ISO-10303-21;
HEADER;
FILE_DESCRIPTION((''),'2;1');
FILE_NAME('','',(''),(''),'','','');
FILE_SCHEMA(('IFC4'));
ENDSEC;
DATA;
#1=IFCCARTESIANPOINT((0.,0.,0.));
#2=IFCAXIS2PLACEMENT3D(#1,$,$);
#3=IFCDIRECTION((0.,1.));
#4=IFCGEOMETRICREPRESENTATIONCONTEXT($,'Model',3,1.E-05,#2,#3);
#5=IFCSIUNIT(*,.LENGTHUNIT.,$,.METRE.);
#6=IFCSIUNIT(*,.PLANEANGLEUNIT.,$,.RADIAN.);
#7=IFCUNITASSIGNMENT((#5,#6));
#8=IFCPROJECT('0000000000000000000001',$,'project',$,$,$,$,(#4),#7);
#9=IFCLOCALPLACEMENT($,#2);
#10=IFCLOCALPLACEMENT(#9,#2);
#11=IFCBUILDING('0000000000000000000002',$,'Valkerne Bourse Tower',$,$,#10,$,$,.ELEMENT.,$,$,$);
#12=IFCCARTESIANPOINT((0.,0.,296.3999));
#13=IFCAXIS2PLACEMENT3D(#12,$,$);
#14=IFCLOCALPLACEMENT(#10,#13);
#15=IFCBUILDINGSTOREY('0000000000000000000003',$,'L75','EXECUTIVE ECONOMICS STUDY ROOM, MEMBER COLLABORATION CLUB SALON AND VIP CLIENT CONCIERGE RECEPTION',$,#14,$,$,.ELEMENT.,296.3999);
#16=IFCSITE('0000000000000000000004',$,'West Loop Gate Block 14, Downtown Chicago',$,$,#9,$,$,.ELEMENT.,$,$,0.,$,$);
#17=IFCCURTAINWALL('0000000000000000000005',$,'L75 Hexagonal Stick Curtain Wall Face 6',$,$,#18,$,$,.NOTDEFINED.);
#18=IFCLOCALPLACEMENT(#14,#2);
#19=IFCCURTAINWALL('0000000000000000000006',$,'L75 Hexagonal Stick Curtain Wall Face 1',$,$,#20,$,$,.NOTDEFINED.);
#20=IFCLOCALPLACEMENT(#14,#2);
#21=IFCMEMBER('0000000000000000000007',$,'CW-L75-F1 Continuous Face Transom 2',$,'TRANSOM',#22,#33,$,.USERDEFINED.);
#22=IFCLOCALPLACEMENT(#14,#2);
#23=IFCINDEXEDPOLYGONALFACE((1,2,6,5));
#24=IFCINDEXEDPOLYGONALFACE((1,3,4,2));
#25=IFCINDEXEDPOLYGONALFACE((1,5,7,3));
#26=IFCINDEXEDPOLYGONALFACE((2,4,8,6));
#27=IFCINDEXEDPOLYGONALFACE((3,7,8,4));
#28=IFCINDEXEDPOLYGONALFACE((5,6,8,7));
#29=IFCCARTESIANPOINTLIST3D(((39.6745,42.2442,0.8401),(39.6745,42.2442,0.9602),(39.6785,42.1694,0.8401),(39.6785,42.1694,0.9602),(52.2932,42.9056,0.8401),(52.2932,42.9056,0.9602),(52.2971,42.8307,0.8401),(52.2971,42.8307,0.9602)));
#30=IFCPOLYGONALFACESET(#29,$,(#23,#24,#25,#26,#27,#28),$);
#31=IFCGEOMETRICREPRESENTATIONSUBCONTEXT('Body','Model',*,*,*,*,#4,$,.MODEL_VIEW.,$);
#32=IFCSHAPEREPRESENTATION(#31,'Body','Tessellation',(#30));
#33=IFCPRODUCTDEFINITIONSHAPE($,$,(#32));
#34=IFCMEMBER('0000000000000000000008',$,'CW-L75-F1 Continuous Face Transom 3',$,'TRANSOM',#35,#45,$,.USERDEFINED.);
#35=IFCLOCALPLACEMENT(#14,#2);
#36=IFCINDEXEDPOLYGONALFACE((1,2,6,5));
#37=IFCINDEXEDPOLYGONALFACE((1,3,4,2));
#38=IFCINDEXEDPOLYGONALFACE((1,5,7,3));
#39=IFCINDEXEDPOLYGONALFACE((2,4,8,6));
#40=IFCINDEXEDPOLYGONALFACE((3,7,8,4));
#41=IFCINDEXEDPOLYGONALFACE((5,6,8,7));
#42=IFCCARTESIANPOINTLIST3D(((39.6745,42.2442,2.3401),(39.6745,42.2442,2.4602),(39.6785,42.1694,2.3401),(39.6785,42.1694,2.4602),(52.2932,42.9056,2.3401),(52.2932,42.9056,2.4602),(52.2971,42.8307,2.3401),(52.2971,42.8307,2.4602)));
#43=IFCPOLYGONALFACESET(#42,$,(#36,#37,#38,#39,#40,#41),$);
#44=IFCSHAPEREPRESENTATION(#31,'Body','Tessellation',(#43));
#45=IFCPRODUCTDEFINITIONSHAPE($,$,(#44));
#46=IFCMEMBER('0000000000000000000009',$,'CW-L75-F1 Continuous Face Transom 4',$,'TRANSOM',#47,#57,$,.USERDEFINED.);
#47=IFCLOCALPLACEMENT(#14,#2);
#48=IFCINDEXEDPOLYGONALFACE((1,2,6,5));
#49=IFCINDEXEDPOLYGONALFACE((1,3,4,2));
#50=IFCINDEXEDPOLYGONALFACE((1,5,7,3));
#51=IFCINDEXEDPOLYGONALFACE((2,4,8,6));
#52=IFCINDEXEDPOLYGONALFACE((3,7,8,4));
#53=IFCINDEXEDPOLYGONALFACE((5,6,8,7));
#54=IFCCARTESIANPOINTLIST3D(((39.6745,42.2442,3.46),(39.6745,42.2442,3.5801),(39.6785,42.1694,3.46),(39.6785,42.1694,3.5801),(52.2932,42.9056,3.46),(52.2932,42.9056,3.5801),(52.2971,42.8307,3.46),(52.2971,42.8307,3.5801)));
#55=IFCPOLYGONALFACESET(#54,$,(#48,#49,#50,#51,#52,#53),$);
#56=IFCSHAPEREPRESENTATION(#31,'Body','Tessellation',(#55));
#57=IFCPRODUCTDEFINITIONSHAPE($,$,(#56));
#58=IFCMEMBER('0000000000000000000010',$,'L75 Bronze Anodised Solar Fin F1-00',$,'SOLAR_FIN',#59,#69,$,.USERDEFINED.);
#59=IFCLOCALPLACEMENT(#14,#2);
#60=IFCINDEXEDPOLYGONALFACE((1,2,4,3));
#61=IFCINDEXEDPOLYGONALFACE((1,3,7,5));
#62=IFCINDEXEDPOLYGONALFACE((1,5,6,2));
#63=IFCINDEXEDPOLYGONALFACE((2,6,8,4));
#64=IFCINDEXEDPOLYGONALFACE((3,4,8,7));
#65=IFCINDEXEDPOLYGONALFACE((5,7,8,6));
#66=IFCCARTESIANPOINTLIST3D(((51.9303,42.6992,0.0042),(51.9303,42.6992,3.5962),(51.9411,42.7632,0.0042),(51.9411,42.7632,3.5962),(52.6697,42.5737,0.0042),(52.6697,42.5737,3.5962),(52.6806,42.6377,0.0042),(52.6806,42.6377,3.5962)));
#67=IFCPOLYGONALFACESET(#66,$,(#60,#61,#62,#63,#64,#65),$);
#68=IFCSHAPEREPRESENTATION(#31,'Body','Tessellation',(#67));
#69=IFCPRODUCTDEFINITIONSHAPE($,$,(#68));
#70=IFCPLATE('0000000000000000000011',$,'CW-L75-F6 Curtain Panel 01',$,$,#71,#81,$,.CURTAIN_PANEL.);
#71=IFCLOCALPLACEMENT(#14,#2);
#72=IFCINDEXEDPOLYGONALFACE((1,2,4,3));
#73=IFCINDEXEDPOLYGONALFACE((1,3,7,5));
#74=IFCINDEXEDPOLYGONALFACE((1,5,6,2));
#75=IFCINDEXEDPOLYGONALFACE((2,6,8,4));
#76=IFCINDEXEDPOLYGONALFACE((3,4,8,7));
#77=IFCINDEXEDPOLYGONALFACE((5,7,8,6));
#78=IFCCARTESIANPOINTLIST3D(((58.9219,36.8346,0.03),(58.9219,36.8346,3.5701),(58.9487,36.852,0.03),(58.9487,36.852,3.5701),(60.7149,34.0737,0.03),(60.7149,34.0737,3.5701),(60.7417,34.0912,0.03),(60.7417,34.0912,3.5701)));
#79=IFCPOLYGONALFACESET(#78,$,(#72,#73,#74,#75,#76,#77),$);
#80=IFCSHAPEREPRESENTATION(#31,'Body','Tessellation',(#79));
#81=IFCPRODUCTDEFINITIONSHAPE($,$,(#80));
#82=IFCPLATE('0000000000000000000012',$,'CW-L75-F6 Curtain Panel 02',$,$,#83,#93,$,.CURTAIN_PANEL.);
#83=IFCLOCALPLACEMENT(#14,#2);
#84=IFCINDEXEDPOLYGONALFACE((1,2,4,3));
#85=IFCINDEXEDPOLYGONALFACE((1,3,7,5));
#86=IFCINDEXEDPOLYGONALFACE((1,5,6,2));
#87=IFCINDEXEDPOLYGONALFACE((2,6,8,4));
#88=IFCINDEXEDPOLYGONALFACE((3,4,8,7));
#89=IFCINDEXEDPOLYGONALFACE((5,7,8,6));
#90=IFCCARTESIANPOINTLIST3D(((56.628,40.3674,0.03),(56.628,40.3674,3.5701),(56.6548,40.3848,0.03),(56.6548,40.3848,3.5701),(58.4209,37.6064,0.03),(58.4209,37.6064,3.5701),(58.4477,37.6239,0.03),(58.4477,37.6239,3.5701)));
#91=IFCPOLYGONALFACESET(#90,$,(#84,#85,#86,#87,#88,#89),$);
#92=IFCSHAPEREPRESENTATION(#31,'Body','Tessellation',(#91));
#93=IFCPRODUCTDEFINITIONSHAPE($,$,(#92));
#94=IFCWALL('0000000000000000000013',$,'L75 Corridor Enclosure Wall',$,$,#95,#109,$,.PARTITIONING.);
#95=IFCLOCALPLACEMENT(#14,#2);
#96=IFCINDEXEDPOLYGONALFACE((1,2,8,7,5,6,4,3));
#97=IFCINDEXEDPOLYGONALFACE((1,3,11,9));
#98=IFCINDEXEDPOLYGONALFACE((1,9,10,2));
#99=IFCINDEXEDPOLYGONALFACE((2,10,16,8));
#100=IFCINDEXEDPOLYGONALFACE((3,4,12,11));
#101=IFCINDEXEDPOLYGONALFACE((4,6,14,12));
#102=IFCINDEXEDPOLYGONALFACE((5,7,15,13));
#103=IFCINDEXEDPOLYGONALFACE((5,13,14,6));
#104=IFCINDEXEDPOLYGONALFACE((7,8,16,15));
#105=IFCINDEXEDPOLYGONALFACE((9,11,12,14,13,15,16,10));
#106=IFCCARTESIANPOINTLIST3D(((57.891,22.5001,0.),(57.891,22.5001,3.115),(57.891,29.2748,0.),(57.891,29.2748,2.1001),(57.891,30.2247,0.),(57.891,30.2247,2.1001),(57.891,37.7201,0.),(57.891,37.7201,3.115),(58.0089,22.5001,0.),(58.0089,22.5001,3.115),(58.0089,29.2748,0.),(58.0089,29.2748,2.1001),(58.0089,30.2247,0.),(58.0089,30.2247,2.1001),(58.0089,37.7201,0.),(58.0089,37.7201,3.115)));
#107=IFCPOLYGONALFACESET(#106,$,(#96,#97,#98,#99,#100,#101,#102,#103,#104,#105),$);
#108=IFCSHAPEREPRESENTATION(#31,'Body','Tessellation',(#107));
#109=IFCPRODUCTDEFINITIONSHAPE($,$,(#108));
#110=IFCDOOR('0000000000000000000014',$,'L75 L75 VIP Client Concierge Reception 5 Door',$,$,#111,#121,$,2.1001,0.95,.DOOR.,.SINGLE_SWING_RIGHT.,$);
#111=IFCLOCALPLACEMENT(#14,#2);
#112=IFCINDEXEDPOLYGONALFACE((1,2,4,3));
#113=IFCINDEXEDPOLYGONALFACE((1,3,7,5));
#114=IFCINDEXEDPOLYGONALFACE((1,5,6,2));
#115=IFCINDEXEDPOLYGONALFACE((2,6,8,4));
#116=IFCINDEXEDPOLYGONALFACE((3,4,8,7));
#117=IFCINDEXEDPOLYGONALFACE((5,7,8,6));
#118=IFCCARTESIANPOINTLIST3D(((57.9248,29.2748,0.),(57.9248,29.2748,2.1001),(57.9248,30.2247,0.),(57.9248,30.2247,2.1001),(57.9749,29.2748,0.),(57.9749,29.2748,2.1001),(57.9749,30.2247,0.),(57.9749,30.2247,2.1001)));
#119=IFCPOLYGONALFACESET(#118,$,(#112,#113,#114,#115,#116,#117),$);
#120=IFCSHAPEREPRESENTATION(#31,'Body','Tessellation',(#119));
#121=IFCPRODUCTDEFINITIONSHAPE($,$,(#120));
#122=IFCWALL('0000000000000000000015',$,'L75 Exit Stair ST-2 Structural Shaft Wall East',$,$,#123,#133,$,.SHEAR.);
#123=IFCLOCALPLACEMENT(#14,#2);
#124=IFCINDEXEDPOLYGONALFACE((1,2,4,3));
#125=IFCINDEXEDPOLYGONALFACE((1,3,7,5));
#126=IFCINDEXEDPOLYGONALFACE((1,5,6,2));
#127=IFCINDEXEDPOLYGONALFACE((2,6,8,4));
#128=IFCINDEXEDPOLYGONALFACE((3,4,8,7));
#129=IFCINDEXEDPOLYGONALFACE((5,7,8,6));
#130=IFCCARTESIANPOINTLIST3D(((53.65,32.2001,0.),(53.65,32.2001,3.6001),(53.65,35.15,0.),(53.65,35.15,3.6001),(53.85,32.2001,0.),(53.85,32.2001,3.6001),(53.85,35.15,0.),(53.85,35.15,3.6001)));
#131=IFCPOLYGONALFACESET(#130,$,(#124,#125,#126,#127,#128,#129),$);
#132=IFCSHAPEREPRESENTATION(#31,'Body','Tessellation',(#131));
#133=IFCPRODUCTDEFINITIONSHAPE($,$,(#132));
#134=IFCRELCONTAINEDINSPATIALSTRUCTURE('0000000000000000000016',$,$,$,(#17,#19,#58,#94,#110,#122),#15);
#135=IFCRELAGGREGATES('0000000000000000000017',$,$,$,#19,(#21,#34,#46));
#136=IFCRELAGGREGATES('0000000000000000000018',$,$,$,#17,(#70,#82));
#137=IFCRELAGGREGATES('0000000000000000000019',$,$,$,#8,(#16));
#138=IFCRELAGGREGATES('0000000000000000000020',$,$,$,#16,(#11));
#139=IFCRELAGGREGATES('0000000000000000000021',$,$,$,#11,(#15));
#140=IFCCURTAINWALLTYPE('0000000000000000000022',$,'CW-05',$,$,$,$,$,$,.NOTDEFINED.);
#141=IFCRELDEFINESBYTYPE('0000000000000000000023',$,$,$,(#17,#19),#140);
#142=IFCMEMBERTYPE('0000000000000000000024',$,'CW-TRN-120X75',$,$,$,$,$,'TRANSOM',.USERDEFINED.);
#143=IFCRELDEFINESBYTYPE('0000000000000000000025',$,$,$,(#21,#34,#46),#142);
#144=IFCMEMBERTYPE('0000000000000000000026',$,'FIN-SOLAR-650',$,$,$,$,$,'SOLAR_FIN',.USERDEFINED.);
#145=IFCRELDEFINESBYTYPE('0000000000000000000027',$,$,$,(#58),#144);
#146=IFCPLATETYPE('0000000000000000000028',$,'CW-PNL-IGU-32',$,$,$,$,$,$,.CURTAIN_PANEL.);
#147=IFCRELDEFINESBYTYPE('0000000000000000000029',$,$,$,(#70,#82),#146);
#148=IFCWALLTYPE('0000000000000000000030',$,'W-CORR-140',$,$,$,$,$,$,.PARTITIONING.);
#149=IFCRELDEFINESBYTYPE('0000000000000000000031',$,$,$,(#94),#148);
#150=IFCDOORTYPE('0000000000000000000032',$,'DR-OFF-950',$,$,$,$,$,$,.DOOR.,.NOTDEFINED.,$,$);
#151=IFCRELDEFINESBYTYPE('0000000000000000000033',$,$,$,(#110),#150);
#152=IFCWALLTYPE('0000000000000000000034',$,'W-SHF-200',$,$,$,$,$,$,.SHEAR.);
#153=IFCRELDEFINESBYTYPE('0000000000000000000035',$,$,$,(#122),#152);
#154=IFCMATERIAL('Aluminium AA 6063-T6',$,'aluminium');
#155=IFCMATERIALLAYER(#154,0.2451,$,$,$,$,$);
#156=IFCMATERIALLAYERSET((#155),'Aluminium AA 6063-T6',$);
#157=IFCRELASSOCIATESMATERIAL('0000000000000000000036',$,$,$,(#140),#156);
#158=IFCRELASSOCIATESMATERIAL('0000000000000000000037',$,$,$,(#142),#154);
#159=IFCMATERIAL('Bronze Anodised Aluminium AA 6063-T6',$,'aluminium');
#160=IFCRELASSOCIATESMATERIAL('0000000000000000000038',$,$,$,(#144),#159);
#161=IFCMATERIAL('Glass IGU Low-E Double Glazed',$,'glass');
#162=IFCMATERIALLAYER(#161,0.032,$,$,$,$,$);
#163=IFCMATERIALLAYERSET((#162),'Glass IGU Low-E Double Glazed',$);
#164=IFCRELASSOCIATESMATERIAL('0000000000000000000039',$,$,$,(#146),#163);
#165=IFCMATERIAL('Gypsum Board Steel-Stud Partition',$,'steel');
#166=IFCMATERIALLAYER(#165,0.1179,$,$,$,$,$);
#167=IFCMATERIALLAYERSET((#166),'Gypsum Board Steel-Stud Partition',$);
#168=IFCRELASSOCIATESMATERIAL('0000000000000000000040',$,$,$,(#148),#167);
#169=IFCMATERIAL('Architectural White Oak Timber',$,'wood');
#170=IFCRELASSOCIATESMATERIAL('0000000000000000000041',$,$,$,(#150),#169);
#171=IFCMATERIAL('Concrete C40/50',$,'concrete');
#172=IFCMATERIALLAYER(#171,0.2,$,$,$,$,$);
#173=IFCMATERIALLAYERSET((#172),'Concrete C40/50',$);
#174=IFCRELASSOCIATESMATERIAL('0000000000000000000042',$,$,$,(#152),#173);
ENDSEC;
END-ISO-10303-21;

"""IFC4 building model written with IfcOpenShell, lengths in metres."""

from ifc_helpers import new_model, si_unit, direction, frame, frame_2d, origin, origin_2d, place, context, subcontext, project, spatial, rectangle, extrude, material, layer, layer_set, material_profile, profile_set, type_object, element, fill, aggregate, save


model = new_model("IFC4")

# Units and contexts
model_context = context("Model", 3, precision=1e-05, world=origin(), true_north=direction((0.0, 1.0)))
body_context = subcontext(model_context, "Body", "Model", "MODEL_VIEW")
ifc_project = project(units=[si_unit("LENGTHUNIT", "METRE"), si_unit("PLANEANGLEUNIT", "RADIAN")], contexts=[model_context])

# Site, building, storey
site_placement = place(None, origin())
site = spatial("IfcSite", under=ifc_project, at=site_placement, Name="West Loop Gate Block 14, Downtown Chicago", CompositionType="ELEMENT", RefElevation=0.0)
building_placement = place(site_placement, origin())
building = spatial("IfcBuilding", under=site, at=building_placement, Name="Valkerne Bourse Tower", CompositionType="ELEMENT")
storey_placement = place(building_placement, frame((0.0, 0.0, 296.3999)))
storey = spatial("IfcBuildingStorey", under=building, at=storey_placement, Name="L75", Description="EXECUTIVE ECONOMICS STUDY ROOM, MEMBER COLLABORATION CLUB SALON AND VIP CLIENT CONCIERGE RECEPTION", CompositionType="ELEMENT", Elevation=296.3999)

# Curtain walls, members
ifc_material_1 = material(Name="Aluminium AA 6063-T6", Category="aluminium")
ifc_layer_1 = layer(ifc_material_1, 0.2451)
ifc_layer_set_1 = layer_set([ifc_layer_1], Name="Aluminium AA 6063-T6")
curtain_wall_type = type_object("IfcCurtainWallType", Name="CW-05", PredefinedType="NOTDEFINED", material=ifc_layer_set_1)
curtain_wall_1_placement = place(storey_placement, origin())
curtain_wall_1 = element("IfcCurtainWall", 1, at=curtain_wall_1_placement, inside=storey, type_object=curtain_wall_type, Name="L75 Hexagonal Stick Curtain Wall Face 6", PredefinedType="NOTDEFINED")
curtain_wall_2_placement = place(storey_placement, origin())
curtain_wall_2 = element("IfcCurtainWall", 2, at=curtain_wall_2_placement, inside=storey, type_object=curtain_wall_type, Name="L75 Hexagonal Stick Curtain Wall Face 1", PredefinedType="NOTDEFINED")
ifc_material_profile_1 = material_profile(ifc_material_1, rectangle(XDim=0.075, YDim=0.1201, at=origin_2d()), Name="CWT-75X120")
ifc_profile_set_1 = profile_set([ifc_material_profile_1], Name="Aluminium AA 6063-T6")
member_type_1 = type_object("IfcMemberType", Name="CW-TRN-120X75", ElementType="TRANSOM", PredefinedType="USERDEFINED", material=ifc_profile_set_1)
member_1_placement = place(storey_placement, frame((52.2952, 42.8682, 0.9001), z_axis=(-0.998629, -0.052341, 0.0), x_axis=(0.052341, -0.998629, 0.0)))
member_1 = element("IfcMember", 3, at=member_1_placement, type_object=member_type_1, Name="CW-L75-F1 Continuous Face Transom 2", ObjectType="TRANSOM", PredefinedType="USERDEFINED", context=body_context, shape_type="SweptSolid", body=[
    extrude(rectangle(XDim=0.075, YDim=0.1201, at=origin_2d()), origin(), (0.0, 0.0, 1.0), 12.636),
])
member_2_placement = place(storey_placement, frame((52.2952, 42.8682, 2.4001), z_axis=(-0.998629, -0.052341, 0.0), x_axis=(0.052341, -0.998629, 0.0)))
member_2 = element("IfcMember", 4, at=member_2_placement, type_object=member_type_1, Name="CW-L75-F1 Continuous Face Transom 3", ObjectType="TRANSOM", PredefinedType="USERDEFINED", context=body_context, shape_type="SweptSolid", body=[
    extrude(rectangle(XDim=0.075, YDim=0.1201, at=origin_2d()), origin(), (0.0, 0.0, 1.0), 12.636),
])
member_3_placement = place(storey_placement, frame((52.2952, 42.8682, 3.52), z_axis=(-0.998629, -0.052341, 0.0), x_axis=(0.052341, -0.998629, 0.0)))
member_3 = element("IfcMember", 5, at=member_3_placement, type_object=member_type_1, Name="CW-L75-F1 Continuous Face Transom 4", ObjectType="TRANSOM", PredefinedType="USERDEFINED", context=body_context, shape_type="SweptSolid", body=[
    extrude(rectangle(XDim=0.075, YDim=0.1201, at=origin_2d()), origin(), (0.0, 0.0, 1.0), 12.636),
])
aggregate(curtain_wall_2, [member_1, member_2, member_3])

# Member
ifc_material_2 = material(Name="Bronze Anodised Aluminium AA 6063-T6", Category="aluminium")
ifc_material_profile_2 = material_profile(ifc_material_2, rectangle(XDim=0.0649, YDim=0.75, at=origin_2d()), Name="FIN-65X750")
ifc_profile_set_2 = profile_set([ifc_material_profile_2], Name="Bronze Anodised Aluminium AA 6063-T6")
member_type_2 = type_object("IfcMemberType", Name="FIN-SOLAR-650", ElementType="SOLAR_FIN", PredefinedType="USERDEFINED", material=ifc_profile_set_2)
member_4_placement = place(storey_placement, frame((52.3054, 42.6685, 0.0042), z_axis=(0.0, 0.0, 1.0), x_axis=(0.167375, 0.985893, 0.0)))
element("IfcMember", 6, at=member_4_placement, inside=storey, type_object=member_type_2, Name="L75 Bronze Anodised Solar Fin F1-00", ObjectType="SOLAR_FIN", PredefinedType="USERDEFINED", context=body_context, shape_type="SweptSolid", body=[
    extrude(rectangle(XDim=0.0649, YDim=0.75, at=origin_2d()), origin(), (0.0, 0.0, 1.0), 3.592),
])

# Plates
ifc_material_3 = material(Name="Glass IGU Low-E Double Glazed", Category="glass")
ifc_layer_2 = layer(ifc_material_3, 0.032)
ifc_layer_set_2 = layer_set([ifc_layer_2], Name="Glass IGU Low-E Double Glazed")
plate_type = type_object("IfcPlateType", Name="CW-PNL-IGU-32", PredefinedType="CURTAIN_PANEL", material=ifc_layer_set_2)
plate_1_placement = place(storey_placement, frame((59.8318, 35.4629, 0.03), z_axis=(0.0, 0.0, 1.0), x_axis=(-0.54465, 0.838663, 0.0)))
plate_1 = element("IfcPlate", 7, at=plate_1_placement, type_object=plate_type, Name="CW-L75-F6 Curtain Panel 01", PredefinedType="CURTAIN_PANEL", context=body_context, shape_type="SweptSolid", body=[
    extrude(rectangle(XDim=3.292, YDim=0.032, at=origin_2d()), origin(), (0.0, 0.0, 1.0), 3.54),
])
plate_2_placement = place(storey_placement, frame((57.5378, 38.9956, 0.03), z_axis=(0.0, 0.0, 1.0), x_axis=(-0.544634, 0.838674, 0.0)))
plate_2 = element("IfcPlate", 8, at=plate_2_placement, type_object=plate_type, Name="CW-L75-F6 Curtain Panel 02", PredefinedType="CURTAIN_PANEL", context=body_context, shape_type="SweptSolid", body=[
    extrude(rectangle(XDim=3.292, YDim=0.032, at=origin_2d()), origin(), (0.0, 0.0, 1.0), 3.54),
])
aggregate(curtain_wall_1, [plate_1, plate_2])

# Wall, opening, door
ifc_material_4 = material(Name="Gypsum Board Steel-Stud Partition", Category="steel")
ifc_layer_3 = layer(ifc_material_4, 0.1179)
ifc_layer_set_3 = layer_set([ifc_layer_3], Name="Gypsum Board Steel-Stud Partition")
wall_type_1 = type_object("IfcWallType", Name="W-CORR-140", PredefinedType="PARTITIONING", material=ifc_layer_set_3)
wall_1_placement = place(storey_placement, frame((57.95, 37.72, 0.0), z_axis=(0.0, 0.0, 1.0), x_axis=(0.0, -1.0, 0.0)))
wall_1 = element("IfcWall", 9, at=wall_1_placement, inside=storey, type_object=wall_type_1, Name="L75 Corridor Enclosure Wall", PredefinedType="PARTITIONING", context=body_context, shape_type="SweptSolid", body=[
    extrude(rectangle(XDim=15.22, YDim=0.1179, at=frame_2d((7.6099, 0.0))), origin(), (0.0, 0.0, 1.0), 3.115),
])
opening_placement = place(wall_1_placement, frame((7.4951, 0.0, 0.0)))
opening = element("IfcOpeningElement", 10, at=opening_placement, cuts=wall_1, PredefinedType="OPENING", context=body_context, shape_type="SweptSolid", body=[
    extrude(rectangle(XDim=0.95, YDim=2.1001, at=frame_2d((0.4751, 1.05))), frame((0.0, 0.0688, 0.0), z_axis=(0.0, -1.0, 0.0), x_axis=(1.0, 0.0, 0.0)), (0.0, 0.0, 1.0), 0.1379),
])
ifc_material_5 = material(Name="Architectural White Oak Timber", Category="wood")
door_type = type_object("IfcDoorType", Name="DR-OFF-950", OperationType="NOTDEFINED", PredefinedType="DOOR", material=ifc_material_5)
door_placement = place(opening_placement, origin())
door = element("IfcDoor", 11, at=door_placement, inside=storey, type_object=door_type, Name="L75 L75 VIP Client Concierge Reception 5 Door", OperationType="SINGLE_SWING_RIGHT", OverallHeight=2.1001, OverallWidth=0.95, PredefinedType="DOOR", context=body_context, shape_type="SweptSolid", body=[
    extrude(rectangle(XDim=0.95, YDim=2.1001, at=frame_2d((0.4751, 1.05))), frame((0.0, 0.0249, 0.0), z_axis=(0.0, -1.0, 0.0), x_axis=(1.0, 0.0, 0.0)), (0.0, 0.0, 1.0), 0.05),
])
fill(opening, door)

# Wall
ifc_material_6 = material(Name="Concrete C40/50", Category="concrete")
ifc_layer_4 = layer(ifc_material_6, 0.2)
ifc_layer_set_4 = layer_set([ifc_layer_4], Name="Concrete C40/50")
wall_type_2 = type_object("IfcWallType", Name="W-SHF-200", PredefinedType="SHEAR", material=ifc_layer_set_4)
wall_2_placement = place(storey_placement, frame((53.75, 32.2, 0.0), z_axis=(0.0, 0.0, 1.0), x_axis=(0.0, 1.0, 0.0)))
element("IfcWall", 12, at=wall_2_placement, inside=storey, type_object=wall_type_2, Name="L75 Exit Stair ST-2 Structural Shaft Wall East", PredefinedType="SHEAR", context=body_context, shape_type="SweptSolid", body=[
    extrude(rectangle(XDim=2.95, YDim=0.2, at=frame_2d((1.4751, 0.0))), origin(), (0.0, 0.0, 1.0), 3.6001),
])

save(model, "model.ifc")
